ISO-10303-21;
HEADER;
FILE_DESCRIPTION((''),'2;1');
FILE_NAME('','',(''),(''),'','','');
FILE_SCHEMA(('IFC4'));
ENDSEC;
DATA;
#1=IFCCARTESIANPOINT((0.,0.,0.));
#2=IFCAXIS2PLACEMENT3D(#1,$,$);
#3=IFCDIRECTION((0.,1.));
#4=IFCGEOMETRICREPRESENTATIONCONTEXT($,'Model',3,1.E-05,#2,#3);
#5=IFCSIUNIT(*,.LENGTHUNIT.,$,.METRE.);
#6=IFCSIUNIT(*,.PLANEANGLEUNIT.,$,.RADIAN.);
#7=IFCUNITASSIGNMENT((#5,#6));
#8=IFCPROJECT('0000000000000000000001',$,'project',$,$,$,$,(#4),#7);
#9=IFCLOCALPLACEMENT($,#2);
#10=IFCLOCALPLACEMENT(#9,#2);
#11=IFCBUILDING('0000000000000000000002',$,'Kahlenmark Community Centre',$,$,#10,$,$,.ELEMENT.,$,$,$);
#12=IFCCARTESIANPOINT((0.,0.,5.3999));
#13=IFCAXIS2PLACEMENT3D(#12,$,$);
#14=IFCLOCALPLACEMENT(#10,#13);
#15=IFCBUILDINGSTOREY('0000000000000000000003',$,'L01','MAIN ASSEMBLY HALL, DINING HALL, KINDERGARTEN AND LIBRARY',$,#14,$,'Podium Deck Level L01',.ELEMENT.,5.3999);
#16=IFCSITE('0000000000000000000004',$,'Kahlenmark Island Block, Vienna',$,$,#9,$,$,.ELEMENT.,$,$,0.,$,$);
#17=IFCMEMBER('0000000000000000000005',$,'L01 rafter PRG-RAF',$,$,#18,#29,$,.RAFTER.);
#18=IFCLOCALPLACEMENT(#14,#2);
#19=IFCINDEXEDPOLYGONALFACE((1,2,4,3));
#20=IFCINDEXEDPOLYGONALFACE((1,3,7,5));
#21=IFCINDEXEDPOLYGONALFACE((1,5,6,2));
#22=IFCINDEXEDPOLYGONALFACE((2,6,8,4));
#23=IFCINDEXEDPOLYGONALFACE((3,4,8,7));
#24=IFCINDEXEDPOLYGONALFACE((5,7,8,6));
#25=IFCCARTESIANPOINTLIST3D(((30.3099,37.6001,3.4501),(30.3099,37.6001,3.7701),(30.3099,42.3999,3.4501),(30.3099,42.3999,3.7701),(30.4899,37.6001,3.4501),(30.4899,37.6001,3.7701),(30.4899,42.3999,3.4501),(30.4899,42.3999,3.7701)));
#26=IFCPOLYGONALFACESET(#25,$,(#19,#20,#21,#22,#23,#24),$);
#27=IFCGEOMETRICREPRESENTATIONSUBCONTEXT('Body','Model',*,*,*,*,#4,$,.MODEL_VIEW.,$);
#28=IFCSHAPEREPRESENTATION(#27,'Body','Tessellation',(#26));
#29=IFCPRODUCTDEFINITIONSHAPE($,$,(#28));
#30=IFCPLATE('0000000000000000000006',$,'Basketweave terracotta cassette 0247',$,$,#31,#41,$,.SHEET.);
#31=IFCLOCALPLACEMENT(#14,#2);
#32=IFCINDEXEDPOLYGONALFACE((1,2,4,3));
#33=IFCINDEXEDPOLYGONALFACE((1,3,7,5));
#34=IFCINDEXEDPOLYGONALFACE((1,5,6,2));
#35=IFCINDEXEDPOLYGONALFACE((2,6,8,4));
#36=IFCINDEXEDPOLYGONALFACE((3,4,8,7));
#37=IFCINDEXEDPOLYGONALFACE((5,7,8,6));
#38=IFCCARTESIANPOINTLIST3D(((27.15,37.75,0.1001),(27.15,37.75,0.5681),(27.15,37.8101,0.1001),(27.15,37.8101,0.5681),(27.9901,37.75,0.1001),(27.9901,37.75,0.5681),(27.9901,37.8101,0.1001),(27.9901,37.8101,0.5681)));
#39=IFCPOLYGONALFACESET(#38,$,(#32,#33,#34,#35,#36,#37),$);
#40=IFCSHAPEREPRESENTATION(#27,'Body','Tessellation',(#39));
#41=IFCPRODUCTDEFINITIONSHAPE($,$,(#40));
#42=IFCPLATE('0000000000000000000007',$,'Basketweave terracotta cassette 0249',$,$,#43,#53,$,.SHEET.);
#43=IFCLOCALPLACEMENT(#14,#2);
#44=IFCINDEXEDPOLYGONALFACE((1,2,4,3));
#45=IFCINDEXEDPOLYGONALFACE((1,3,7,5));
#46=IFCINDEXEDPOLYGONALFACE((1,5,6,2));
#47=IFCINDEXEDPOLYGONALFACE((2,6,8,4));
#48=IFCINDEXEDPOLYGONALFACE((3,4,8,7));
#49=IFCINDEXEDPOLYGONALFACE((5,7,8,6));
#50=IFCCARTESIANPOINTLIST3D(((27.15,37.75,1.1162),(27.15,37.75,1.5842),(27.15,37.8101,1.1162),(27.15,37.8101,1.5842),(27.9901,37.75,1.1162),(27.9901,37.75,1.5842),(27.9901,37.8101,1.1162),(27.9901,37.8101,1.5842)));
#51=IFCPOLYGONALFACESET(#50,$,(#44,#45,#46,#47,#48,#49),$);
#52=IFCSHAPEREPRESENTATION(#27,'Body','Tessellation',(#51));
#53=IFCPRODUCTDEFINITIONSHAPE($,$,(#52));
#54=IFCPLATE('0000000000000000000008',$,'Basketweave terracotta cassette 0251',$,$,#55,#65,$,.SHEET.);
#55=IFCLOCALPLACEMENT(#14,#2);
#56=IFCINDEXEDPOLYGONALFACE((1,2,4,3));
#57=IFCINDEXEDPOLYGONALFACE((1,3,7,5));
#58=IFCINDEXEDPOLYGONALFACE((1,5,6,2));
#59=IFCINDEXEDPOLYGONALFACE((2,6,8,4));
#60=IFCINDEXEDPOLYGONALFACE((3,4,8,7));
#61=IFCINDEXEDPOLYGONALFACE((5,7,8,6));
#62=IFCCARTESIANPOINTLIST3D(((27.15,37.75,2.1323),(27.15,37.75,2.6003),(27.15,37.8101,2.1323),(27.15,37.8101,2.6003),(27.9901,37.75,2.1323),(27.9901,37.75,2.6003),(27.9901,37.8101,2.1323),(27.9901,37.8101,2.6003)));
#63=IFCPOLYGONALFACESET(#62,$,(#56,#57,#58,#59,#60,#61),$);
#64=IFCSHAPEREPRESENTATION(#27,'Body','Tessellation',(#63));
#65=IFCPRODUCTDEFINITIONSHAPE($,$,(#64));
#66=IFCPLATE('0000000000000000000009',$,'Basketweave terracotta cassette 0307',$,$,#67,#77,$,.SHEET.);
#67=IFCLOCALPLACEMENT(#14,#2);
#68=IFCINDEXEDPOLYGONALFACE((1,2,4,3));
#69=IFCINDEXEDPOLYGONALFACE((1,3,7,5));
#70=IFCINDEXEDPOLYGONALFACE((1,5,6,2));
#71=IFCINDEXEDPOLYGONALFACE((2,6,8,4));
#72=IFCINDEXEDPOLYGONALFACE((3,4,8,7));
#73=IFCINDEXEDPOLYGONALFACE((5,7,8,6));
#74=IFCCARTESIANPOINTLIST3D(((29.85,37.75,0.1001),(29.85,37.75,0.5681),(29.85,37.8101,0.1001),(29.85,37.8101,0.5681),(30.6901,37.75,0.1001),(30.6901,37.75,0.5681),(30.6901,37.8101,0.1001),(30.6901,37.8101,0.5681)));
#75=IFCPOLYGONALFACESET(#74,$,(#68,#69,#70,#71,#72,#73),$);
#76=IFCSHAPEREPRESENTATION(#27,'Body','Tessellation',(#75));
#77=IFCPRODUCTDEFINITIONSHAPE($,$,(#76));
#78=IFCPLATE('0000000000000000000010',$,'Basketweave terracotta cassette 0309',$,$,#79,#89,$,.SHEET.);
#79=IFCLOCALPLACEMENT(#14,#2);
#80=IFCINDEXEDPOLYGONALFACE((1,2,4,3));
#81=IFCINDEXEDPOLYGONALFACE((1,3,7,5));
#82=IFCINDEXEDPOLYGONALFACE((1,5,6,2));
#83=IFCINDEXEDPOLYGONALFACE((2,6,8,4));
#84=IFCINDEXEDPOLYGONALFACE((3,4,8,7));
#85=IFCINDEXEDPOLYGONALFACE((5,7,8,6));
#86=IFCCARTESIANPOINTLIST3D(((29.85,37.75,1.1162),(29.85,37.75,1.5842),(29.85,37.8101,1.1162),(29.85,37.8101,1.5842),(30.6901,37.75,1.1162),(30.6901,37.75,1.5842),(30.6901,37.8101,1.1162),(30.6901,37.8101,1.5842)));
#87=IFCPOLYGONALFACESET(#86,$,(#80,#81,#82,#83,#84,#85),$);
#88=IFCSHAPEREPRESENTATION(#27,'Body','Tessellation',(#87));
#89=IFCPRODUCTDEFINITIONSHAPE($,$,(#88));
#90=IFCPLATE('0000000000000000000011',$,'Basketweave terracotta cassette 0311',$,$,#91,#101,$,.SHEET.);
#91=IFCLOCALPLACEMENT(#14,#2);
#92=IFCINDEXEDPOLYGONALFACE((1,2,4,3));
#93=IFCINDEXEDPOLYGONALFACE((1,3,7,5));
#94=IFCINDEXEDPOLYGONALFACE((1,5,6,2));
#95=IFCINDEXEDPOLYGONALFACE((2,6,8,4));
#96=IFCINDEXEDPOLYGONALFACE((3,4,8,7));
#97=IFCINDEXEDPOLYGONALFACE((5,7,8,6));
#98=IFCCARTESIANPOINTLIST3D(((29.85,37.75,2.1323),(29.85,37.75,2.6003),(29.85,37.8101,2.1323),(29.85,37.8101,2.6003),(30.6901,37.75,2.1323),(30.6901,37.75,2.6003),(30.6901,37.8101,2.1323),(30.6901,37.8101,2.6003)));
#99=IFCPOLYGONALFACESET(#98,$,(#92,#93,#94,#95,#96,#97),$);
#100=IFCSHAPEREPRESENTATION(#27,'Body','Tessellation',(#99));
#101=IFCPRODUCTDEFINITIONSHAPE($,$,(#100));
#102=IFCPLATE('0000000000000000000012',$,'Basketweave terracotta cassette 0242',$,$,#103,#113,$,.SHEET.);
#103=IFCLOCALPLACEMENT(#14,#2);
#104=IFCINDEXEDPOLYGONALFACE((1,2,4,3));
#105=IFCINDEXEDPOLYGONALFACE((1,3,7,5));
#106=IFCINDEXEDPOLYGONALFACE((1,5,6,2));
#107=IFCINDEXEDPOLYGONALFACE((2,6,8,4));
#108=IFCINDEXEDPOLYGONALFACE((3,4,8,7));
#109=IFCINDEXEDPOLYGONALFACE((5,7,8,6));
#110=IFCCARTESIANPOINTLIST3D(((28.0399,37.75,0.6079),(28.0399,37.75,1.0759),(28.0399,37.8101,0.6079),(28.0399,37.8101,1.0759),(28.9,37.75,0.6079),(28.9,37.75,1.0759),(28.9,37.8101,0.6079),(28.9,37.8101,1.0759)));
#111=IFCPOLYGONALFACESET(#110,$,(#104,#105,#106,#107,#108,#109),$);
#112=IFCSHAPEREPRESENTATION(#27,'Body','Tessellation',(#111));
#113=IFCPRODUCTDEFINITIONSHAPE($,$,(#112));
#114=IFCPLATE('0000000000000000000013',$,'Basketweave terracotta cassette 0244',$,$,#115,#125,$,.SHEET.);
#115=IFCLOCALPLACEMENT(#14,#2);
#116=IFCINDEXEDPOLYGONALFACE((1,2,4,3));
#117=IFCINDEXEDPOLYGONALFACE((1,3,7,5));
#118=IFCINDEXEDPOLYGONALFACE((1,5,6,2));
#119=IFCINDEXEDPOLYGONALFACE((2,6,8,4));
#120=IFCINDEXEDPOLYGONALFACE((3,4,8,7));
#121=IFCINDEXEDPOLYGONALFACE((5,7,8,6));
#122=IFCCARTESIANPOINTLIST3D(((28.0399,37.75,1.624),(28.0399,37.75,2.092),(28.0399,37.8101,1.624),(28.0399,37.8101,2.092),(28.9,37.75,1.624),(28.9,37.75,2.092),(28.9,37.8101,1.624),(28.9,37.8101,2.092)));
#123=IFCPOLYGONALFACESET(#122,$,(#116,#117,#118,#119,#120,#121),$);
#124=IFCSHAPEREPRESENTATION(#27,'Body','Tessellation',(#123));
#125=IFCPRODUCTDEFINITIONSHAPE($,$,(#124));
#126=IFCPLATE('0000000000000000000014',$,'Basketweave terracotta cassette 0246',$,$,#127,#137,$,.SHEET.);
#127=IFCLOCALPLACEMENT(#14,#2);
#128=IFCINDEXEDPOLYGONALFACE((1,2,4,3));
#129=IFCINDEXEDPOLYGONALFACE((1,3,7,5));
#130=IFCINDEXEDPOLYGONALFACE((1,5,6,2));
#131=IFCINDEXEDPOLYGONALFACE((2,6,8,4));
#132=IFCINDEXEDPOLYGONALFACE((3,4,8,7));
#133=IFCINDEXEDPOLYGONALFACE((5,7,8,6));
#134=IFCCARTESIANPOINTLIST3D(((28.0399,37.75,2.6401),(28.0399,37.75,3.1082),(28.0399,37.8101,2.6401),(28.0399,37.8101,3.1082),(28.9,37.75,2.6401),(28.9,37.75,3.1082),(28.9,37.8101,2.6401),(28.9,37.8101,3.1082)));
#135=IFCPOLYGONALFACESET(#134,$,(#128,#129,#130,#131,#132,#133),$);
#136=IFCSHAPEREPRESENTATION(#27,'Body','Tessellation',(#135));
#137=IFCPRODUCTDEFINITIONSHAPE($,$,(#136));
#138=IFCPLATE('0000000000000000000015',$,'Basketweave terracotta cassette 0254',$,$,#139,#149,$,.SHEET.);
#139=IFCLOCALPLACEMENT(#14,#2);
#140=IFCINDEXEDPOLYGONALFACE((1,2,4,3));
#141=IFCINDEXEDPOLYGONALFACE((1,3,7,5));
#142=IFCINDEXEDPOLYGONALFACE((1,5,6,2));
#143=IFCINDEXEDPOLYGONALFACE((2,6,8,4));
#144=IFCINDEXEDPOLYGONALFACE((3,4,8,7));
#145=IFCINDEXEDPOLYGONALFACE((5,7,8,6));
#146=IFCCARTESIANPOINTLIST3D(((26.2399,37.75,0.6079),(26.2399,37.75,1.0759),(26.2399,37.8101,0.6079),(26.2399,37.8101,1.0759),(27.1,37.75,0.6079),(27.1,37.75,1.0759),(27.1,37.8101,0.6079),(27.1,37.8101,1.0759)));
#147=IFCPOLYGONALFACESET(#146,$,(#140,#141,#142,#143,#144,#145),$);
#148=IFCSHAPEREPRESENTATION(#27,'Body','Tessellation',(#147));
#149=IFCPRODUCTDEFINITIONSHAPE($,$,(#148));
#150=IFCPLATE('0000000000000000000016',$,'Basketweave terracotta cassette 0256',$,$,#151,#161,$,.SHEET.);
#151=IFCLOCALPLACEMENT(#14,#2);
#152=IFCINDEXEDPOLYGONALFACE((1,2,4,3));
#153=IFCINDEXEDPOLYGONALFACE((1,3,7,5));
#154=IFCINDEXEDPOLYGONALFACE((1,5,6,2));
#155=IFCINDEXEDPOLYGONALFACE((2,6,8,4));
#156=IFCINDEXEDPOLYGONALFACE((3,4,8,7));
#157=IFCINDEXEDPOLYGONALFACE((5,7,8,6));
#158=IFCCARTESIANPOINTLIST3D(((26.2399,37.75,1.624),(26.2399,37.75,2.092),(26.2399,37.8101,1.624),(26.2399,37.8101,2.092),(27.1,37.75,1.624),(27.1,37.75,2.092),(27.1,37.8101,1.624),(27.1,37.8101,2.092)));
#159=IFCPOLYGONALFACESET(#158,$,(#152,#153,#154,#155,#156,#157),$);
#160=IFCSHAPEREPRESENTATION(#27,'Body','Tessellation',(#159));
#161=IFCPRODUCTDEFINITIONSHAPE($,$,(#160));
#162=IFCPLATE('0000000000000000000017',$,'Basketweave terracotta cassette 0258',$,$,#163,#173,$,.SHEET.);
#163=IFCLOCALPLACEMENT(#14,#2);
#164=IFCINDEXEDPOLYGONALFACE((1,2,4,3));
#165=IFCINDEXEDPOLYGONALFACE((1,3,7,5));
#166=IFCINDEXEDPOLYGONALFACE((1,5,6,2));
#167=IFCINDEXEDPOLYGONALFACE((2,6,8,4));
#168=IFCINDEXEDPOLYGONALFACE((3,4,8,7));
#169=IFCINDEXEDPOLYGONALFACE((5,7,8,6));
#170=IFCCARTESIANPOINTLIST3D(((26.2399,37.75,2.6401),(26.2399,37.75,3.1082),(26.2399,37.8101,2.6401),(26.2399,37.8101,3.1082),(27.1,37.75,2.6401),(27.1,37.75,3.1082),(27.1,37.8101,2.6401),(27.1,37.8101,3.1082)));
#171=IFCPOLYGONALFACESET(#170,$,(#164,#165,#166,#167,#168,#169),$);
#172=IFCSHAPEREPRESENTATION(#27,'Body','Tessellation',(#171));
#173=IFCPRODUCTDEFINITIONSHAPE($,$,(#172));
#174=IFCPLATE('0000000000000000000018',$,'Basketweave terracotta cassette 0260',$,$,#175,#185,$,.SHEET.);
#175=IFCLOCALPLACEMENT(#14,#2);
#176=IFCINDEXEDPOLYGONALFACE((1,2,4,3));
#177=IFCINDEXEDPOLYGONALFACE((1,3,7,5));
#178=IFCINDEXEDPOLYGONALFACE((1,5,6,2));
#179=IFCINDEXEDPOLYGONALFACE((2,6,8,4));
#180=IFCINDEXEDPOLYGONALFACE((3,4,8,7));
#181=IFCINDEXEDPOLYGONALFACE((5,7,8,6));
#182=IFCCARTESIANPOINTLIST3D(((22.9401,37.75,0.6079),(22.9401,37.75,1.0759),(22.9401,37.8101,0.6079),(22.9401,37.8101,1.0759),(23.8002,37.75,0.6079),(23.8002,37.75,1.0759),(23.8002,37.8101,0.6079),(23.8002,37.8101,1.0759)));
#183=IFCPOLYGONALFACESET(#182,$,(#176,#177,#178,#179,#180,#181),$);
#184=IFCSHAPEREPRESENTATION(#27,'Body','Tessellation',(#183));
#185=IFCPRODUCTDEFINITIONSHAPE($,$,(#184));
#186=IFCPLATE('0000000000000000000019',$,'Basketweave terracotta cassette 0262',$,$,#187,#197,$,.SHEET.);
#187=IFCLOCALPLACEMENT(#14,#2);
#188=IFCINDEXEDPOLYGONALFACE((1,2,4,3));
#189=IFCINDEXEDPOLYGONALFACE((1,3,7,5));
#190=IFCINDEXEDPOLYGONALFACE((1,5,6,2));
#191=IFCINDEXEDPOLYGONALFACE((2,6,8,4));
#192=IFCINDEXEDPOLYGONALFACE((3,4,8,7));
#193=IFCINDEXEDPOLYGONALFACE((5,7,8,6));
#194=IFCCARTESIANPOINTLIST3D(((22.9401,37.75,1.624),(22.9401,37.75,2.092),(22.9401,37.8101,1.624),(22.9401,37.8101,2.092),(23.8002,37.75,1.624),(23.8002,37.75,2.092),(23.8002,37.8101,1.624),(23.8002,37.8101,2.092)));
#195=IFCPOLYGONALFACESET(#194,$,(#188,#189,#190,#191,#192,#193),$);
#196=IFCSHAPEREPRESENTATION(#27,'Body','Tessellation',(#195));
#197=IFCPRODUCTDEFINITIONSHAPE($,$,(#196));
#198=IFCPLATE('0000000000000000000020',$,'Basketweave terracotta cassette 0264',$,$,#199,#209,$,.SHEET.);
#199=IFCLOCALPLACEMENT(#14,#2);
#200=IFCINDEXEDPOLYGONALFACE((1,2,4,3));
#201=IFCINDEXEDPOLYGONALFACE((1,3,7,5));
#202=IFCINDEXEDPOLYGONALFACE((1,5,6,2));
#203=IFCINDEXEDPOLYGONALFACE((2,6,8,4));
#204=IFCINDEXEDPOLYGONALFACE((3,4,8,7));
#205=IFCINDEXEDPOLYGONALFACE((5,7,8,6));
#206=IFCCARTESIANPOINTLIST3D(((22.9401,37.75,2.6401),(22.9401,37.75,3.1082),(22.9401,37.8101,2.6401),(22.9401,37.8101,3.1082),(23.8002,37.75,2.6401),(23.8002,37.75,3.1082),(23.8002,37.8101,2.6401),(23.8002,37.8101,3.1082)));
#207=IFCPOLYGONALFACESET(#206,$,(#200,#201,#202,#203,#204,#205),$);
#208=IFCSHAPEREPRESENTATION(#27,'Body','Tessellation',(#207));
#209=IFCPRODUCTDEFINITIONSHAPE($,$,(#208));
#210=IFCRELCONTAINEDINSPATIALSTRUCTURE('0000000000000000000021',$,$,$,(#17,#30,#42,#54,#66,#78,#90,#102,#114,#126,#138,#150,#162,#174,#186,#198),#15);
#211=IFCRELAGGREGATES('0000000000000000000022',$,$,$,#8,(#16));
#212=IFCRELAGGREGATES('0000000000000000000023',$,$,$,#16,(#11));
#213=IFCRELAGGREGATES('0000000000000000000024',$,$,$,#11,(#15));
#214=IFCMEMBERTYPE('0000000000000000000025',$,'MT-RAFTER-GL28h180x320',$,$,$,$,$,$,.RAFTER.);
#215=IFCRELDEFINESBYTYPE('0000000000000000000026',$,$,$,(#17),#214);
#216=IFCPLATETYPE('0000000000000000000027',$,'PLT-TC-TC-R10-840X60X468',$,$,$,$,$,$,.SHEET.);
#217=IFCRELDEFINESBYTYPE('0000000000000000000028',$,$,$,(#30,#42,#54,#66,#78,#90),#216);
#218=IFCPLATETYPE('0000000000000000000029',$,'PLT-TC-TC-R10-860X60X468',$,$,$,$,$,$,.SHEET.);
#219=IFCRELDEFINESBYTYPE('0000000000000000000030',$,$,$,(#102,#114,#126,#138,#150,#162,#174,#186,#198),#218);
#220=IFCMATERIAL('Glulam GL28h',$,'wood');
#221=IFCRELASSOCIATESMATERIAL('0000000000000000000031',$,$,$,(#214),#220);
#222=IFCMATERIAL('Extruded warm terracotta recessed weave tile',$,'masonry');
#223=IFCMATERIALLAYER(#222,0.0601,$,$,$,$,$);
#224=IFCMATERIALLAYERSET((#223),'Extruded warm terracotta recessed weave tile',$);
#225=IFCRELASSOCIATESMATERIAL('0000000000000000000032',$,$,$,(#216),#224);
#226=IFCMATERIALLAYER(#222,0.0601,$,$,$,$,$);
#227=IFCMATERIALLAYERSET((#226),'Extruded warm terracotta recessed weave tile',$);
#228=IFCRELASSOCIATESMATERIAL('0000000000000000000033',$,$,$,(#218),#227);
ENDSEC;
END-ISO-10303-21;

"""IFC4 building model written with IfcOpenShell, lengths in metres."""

from ifc_helpers import new_model, si_unit, direction, frame, origin, origin_2d, place, context, subcontext, project, spatial, rectangle, extrude, material, layer, layer_set, material_profile, profile_set, type_object, element, save


model = new_model("IFC4")

# Units and contexts
model_context = context("Model", 3, precision=1e-05, world=origin(), true_north=direction((0.0, 1.0)))
body_context = subcontext(model_context, "Body", "Model", "MODEL_VIEW")
ifc_project = project(units=[si_unit("LENGTHUNIT", "METRE"), si_unit("PLANEANGLEUNIT", "RADIAN")], contexts=[model_context])

# Site, building, storey
site_placement = place(None, origin())
site = spatial("IfcSite", under=ifc_project, at=site_placement, Name="Kahlenmark Island Block, Vienna", CompositionType="ELEMENT", RefElevation=0.0)
building_placement = place(site_placement, origin())
building = spatial("IfcBuilding", under=site, at=building_placement, Name="Kahlenmark Community Centre", CompositionType="ELEMENT")
storey_placement = place(building_placement, frame((0.0, 0.0, 5.3999)))
storey = spatial("IfcBuildingStorey", under=building, at=storey_placement, Name="L01", Description="MAIN ASSEMBLY HALL, DINING HALL, KINDERGARTEN AND LIBRARY", LongName="Podium Deck Level L01", CompositionType="ELEMENT", Elevation=5.3999)

# Member
ifc_material_1 = material(Name="Glulam GL28h", Category="wood")
ifc_material_profile = material_profile(ifc_material_1, rectangle(XDim=0.1799, YDim=0.3201, at=origin_2d()), Name="GL28h 180x320")
ifc_profile_set = profile_set([ifc_material_profile], Name="Glulam GL28h")
member_type = type_object("IfcMemberType", Name="MT-RAFTER-GL28h180x320", PredefinedType="RAFTER", material=ifc_profile_set)
member_placement = place(storey_placement, frame((30.3999, 37.6001, 3.6101), z_axis=(0.0, 1.0, 0.0), x_axis=(-1.0, 0.0, 0.0)))
element("IfcMember", 1, at=member_placement, inside=storey, type_object=member_type, Name="L01 rafter PRG-RAF", PredefinedType="RAFTER", context=body_context, shape_type="SweptSolid", body=[
    extrude(rectangle(XDim=0.1799, YDim=0.3201, at=origin_2d()), origin(), (0.0, 0.0, 1.0), 4.7998),
])

# Plates
ifc_material_2 = material(Name="Extruded warm terracotta recessed weave tile", Category="masonry")
ifc_layer_1 = layer(ifc_material_2, 0.0601)
ifc_layer_set_1 = layer_set([ifc_layer_1], Name="Extruded warm terracotta recessed weave tile")
plate_type_1 = type_object("IfcPlateType", Name="PLT-TC-TC-R10-840X60X468", PredefinedType="SHEET", material=ifc_layer_set_1)
for number, where, z_axis, x_axis, name in (
    (2, (27.5701, 37.78, 0.1001), (0.0, 0.0, 1.0), (-1.0, 0.0, 0.0), "Basketweave terracotta cassette 0247"),
    (3, (27.5701, 37.78, 1.1162), (0.0, 0.0, 1.0), (-1.0, 0.0, 0.0), "Basketweave terracotta cassette 0249"),
    (4, (27.5701, 37.78, 2.1323), (0.0, 0.0, 1.0), (-1.0, 0.0, 0.0), "Basketweave terracotta cassette 0251"),
    (5, (30.27, 37.78, 0.1001), (0.0, 0.0, 1.0), (-1.0, 0.0, 0.0), "Basketweave terracotta cassette 0307"),
    (6, (30.27, 37.78, 1.1162), (0.0, 0.0, 1.0), (-1.0, 0.0, 0.0), "Basketweave terracotta cassette 0309"),
    (7, (30.27, 37.78, 2.1323), (0.0, 0.0, 1.0), (-1.0, 0.0, 0.0), "Basketweave terracotta cassette 0311"),
):
    element("IfcPlate", number, at=place(storey_placement, frame(where, z_axis=z_axis, x_axis=x_axis)), inside=storey, type_object=plate_type_1, Name=name, PredefinedType="SHEET", context=body_context, shape_type="SweptSolid", body=[
        extrude(rectangle(XDim=0.8401, YDim=0.0601, at=origin_2d()), origin(), (0.0, 0.0, 1.0), 0.468),
    ])
ifc_layer_2 = layer(ifc_material_2, 0.0601)
ifc_layer_set_2 = layer_set([ifc_layer_2], Name="Extruded warm terracotta recessed weave tile")
plate_type_2 = type_object("IfcPlateType", Name="PLT-TC-TC-R10-860X60X468", PredefinedType="SHEET", material=ifc_layer_set_2)
for number, where, z_axis, x_axis, name in (
    (8, (28.47, 37.78, 0.6079), (0.0, 0.0, 1.0), (-1.0, 0.0, 0.0), "Basketweave terracotta cassette 0242"),
    (9, (28.47, 37.78, 1.624), (0.0, 0.0, 1.0), (-1.0, 0.0, 0.0), "Basketweave terracotta cassette 0244"),
    (10, (28.47, 37.78, 2.6401), (0.0, 0.0, 1.0), (-1.0, 0.0, 0.0), "Basketweave terracotta cassette 0246"),
    (11, (26.6699, 37.78, 0.6079), (0.0, 0.0, 1.0), (-1.0, 0.0, 0.0), "Basketweave terracotta cassette 0254"),
    (12, (26.6699, 37.78, 1.624), (0.0, 0.0, 1.0), (-1.0, 0.0, 0.0), "Basketweave terracotta cassette 0256"),
    (13, (26.6699, 37.78, 2.6401), (0.0, 0.0, 1.0), (-1.0, 0.0, 0.0), "Basketweave terracotta cassette 0258"),
    (14, (23.3701, 37.78, 0.6079), (0.0, 0.0, 1.0), (-1.0, 0.0, 0.0), "Basketweave terracotta cassette 0260"),
    (15, (23.3701, 37.78, 1.624), (0.0, 0.0, 1.0), (-1.0, 0.0, 0.0), "Basketweave terracotta cassette 0262"),
    (16, (23.3701, 37.78, 2.6401), (0.0, 0.0, 1.0), (-1.0, 0.0, 0.0), "Basketweave terracotta cassette 0264"),
):
    element("IfcPlate", number, at=place(storey_placement, frame(where, z_axis=z_axis, x_axis=x_axis)), inside=storey, type_object=plate_type_2, Name=name, PredefinedType="SHEET", context=body_context, shape_type="SweptSolid", body=[
        extrude(rectangle(XDim=0.8601, YDim=0.0601, at=origin_2d()), origin(), (0.0, 0.0, 1.0), 0.468),
    ])

save(model, "model.ifc")
